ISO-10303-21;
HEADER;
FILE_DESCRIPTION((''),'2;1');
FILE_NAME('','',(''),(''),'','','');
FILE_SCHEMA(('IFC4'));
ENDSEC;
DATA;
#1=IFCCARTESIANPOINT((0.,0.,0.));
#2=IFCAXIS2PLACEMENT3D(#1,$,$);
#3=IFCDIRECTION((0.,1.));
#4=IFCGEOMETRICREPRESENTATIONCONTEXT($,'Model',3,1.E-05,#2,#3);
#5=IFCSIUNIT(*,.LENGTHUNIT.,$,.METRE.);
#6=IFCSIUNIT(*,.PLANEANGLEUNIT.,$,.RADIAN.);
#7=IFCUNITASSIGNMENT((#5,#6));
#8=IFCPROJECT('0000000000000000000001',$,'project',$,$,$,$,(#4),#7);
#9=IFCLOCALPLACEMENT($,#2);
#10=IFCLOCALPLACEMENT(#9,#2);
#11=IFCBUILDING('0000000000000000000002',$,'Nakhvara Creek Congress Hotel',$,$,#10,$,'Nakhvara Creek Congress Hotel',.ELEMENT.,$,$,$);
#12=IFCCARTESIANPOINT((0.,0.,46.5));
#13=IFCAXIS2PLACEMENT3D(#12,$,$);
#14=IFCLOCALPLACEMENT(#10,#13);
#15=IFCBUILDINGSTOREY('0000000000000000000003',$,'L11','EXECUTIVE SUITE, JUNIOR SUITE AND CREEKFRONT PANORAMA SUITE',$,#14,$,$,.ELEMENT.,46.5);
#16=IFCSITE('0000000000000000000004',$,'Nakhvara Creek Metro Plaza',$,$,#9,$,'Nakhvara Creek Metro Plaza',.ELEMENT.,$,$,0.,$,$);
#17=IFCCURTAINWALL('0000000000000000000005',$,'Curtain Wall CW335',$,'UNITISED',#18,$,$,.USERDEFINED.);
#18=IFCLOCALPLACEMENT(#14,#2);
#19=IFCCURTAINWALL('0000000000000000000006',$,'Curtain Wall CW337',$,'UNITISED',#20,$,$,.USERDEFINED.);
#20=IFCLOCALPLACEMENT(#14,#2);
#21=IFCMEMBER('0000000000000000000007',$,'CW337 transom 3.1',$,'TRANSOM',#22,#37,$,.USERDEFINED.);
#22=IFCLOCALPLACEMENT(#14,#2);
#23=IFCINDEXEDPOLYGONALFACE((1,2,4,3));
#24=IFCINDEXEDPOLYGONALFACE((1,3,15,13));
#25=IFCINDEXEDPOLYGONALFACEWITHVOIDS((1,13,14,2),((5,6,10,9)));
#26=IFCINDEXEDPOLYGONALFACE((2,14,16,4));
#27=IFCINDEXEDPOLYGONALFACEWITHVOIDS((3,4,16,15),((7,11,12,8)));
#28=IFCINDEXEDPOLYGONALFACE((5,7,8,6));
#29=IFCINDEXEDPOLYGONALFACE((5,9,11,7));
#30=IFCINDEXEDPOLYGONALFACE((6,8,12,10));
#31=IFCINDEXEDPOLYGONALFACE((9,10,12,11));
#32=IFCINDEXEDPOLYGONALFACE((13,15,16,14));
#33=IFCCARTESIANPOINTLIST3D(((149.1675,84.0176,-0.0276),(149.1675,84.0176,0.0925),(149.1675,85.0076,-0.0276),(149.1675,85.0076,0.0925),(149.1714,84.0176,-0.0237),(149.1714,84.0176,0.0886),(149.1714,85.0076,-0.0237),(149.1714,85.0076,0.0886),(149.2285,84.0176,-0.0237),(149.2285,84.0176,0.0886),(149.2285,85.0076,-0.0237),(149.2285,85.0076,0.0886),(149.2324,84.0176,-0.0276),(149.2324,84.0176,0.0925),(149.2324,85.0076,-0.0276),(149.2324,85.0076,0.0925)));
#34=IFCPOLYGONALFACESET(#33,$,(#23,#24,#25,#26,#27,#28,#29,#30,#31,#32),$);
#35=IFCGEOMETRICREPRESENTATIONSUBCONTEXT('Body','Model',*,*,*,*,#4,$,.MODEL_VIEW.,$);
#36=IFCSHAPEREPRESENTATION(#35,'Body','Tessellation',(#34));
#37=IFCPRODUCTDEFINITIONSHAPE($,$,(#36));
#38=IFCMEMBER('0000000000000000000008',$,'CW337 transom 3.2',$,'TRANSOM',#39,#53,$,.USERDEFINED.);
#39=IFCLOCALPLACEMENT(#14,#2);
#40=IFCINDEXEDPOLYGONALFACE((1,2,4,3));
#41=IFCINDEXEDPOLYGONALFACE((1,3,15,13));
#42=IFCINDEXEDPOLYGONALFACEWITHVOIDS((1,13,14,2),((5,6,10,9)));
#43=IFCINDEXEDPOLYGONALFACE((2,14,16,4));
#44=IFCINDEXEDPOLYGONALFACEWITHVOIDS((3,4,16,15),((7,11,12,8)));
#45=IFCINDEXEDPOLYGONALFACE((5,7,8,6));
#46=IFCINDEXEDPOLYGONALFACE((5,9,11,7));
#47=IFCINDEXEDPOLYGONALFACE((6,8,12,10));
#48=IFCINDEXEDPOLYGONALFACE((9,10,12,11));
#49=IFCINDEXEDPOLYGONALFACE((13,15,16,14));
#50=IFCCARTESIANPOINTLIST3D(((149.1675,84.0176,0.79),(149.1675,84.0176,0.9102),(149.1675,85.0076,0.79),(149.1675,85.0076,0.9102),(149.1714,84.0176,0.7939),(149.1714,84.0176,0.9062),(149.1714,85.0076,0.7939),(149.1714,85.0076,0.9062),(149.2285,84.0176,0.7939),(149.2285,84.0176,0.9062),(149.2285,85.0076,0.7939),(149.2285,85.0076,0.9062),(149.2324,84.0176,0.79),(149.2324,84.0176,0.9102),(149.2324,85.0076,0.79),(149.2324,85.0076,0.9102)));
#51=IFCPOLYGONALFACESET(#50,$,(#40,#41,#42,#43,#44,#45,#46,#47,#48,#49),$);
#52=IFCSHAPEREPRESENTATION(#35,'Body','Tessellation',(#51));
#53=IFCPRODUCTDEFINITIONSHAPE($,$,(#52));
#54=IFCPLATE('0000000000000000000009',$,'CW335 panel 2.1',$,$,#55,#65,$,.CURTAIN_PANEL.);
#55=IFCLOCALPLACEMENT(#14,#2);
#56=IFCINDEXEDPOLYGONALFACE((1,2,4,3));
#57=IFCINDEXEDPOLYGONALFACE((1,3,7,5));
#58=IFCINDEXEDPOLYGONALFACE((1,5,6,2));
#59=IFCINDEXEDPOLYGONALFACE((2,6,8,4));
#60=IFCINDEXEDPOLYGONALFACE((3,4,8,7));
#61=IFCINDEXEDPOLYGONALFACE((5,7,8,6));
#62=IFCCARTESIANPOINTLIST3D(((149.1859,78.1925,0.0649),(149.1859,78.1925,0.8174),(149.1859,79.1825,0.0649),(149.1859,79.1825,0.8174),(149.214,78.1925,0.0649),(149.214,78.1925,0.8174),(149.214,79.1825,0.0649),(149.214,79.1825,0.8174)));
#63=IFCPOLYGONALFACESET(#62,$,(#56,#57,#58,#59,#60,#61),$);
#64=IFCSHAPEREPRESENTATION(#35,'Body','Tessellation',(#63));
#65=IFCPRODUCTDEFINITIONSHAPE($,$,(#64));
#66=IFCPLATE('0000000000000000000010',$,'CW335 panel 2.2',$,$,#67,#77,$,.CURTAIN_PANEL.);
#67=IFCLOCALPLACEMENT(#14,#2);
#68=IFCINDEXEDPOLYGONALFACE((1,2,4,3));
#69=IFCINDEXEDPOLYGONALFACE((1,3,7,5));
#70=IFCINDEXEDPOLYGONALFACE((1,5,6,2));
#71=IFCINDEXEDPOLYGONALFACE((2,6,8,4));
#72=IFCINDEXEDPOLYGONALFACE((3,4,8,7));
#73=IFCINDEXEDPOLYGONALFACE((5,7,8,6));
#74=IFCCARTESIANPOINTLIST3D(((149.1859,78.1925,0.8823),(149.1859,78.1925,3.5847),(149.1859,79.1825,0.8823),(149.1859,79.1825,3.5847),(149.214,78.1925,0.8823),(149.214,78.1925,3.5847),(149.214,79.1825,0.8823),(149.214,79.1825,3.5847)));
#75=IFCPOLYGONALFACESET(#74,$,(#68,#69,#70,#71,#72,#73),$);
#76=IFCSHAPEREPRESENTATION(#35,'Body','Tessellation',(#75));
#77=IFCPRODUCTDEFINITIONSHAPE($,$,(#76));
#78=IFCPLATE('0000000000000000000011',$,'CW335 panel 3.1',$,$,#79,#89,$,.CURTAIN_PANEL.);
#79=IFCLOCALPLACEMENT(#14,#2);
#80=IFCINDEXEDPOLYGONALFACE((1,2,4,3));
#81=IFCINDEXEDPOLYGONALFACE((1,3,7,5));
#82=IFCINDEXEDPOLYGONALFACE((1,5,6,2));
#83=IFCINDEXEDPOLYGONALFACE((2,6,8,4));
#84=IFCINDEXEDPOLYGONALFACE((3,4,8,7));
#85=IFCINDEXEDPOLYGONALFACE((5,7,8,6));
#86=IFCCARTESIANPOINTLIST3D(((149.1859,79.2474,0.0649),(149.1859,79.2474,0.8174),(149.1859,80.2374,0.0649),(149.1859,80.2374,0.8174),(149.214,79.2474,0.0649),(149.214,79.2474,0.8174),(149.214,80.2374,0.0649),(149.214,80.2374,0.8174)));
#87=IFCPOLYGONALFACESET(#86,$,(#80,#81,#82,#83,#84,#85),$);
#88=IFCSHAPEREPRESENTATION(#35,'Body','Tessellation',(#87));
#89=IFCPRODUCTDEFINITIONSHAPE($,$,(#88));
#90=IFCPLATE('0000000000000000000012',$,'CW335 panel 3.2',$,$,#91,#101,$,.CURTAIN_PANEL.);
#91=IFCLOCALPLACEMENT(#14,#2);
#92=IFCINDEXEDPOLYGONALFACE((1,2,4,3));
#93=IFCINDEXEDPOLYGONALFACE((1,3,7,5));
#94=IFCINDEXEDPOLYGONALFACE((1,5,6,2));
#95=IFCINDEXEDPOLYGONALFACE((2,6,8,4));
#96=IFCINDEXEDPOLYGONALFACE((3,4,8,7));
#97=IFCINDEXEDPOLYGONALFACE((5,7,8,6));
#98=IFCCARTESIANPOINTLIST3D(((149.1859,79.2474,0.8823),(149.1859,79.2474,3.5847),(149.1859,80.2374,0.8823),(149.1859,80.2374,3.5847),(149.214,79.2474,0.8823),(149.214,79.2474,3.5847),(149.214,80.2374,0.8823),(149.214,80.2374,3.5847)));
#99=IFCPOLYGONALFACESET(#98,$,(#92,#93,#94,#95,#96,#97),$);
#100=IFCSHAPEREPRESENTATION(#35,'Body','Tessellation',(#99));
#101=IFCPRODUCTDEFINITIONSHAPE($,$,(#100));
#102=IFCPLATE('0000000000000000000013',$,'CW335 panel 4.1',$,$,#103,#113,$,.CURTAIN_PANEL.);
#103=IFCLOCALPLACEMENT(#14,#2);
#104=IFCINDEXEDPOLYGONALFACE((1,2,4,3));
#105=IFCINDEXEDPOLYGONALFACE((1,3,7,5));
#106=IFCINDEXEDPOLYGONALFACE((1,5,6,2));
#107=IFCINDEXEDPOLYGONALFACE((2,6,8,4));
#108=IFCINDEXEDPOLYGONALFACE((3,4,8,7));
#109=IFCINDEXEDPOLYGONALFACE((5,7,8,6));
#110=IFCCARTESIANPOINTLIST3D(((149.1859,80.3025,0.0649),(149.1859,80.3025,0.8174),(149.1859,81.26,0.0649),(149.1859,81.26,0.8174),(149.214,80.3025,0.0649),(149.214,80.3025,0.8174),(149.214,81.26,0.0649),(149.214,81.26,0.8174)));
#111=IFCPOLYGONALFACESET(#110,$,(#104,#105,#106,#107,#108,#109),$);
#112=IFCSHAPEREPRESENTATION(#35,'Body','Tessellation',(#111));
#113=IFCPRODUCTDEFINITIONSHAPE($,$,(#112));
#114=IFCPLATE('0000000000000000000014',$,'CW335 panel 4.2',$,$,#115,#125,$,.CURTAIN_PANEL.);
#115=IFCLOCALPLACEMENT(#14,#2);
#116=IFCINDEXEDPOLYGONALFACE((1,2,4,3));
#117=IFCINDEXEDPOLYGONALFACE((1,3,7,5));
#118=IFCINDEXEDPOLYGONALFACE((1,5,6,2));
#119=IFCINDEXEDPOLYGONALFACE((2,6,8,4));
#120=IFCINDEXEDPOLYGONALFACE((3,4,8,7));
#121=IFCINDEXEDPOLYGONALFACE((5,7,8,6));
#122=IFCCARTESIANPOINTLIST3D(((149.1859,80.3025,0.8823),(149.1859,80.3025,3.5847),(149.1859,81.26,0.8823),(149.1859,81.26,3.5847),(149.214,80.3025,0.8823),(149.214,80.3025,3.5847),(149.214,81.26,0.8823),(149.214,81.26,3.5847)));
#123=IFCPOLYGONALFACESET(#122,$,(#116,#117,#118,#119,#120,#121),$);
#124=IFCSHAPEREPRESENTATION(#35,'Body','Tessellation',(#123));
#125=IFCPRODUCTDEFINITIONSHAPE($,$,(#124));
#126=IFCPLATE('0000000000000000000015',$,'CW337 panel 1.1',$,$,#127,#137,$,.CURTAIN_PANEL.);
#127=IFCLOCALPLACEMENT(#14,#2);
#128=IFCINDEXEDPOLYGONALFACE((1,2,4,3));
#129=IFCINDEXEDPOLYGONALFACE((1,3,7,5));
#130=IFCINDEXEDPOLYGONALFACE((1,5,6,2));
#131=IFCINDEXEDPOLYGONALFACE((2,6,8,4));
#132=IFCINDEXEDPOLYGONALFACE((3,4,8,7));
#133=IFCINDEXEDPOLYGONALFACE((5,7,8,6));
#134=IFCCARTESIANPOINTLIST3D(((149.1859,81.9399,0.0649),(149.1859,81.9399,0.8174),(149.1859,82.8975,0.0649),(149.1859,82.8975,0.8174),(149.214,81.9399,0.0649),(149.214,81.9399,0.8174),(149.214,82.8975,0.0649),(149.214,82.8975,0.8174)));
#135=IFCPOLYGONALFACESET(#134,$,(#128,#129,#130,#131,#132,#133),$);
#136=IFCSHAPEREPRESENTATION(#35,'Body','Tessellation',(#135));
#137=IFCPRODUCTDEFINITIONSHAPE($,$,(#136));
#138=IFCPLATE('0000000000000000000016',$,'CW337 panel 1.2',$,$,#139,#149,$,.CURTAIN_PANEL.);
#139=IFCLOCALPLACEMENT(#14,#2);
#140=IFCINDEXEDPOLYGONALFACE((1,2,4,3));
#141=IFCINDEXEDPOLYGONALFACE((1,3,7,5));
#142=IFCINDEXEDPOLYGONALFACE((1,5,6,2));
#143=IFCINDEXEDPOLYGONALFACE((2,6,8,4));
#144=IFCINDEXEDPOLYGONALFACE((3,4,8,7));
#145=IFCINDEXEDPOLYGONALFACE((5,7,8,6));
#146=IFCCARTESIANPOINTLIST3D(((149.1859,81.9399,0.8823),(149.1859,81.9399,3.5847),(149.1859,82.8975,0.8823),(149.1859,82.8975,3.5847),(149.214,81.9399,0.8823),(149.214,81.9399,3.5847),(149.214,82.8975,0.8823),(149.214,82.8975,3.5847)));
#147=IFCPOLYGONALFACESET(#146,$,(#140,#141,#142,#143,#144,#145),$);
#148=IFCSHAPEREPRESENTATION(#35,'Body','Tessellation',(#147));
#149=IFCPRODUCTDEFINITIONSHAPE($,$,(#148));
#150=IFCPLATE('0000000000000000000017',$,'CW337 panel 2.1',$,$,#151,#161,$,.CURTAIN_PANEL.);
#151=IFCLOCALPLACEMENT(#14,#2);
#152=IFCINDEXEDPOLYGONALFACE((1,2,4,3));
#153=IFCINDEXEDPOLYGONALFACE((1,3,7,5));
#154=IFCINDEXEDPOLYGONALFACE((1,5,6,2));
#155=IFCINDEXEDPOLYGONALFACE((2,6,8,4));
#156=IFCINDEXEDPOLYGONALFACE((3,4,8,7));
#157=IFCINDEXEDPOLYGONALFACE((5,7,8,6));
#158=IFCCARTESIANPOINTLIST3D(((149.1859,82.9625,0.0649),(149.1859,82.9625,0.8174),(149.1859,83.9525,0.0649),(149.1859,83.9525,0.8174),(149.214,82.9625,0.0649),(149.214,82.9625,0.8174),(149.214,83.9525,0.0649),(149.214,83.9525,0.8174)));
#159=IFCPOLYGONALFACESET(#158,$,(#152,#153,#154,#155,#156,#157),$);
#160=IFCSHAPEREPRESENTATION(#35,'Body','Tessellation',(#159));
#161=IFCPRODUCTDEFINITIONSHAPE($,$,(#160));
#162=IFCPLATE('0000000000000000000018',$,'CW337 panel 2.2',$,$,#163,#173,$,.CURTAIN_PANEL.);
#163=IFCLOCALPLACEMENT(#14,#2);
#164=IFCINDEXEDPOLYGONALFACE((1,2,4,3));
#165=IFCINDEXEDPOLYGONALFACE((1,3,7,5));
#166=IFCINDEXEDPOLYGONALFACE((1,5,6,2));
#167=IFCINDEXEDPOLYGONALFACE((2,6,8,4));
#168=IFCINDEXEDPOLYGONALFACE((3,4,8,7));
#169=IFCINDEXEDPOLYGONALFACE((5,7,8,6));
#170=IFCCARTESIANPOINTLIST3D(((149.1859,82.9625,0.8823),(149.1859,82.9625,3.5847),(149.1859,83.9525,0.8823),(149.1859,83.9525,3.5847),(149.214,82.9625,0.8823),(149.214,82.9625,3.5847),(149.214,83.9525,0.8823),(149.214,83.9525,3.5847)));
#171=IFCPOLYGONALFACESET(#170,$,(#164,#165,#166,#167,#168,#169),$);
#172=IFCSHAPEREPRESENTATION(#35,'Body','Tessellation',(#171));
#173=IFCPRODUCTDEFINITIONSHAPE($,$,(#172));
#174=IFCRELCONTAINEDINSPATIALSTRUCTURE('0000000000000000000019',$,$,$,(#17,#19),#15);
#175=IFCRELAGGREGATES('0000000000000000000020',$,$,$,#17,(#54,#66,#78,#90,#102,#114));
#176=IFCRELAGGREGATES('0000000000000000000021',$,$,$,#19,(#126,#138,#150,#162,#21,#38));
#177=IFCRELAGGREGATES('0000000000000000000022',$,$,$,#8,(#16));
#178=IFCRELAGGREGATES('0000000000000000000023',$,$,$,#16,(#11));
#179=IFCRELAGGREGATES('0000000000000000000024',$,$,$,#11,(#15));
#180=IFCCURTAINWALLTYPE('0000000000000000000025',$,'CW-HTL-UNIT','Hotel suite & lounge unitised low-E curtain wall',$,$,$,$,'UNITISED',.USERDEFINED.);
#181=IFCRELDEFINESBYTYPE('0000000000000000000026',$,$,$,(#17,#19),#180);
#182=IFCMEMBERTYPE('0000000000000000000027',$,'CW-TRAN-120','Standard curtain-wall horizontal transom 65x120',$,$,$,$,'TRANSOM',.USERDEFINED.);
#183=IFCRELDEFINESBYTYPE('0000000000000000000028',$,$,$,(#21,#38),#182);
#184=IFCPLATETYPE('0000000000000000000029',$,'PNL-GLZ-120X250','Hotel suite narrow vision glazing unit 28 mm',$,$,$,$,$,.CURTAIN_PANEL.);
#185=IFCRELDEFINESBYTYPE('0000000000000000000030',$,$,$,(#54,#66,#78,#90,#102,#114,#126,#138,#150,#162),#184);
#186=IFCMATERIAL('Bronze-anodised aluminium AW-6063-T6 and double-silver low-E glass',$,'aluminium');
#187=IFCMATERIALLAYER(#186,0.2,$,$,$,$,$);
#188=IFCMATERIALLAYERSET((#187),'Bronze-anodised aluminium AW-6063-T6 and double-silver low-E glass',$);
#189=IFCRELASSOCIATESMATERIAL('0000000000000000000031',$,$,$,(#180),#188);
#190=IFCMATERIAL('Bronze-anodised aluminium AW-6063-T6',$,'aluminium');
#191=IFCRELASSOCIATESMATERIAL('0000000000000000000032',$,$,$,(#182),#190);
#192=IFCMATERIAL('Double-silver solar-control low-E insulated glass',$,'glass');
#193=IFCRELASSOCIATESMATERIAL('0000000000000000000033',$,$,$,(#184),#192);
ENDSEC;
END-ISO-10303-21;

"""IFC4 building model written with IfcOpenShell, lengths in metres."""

from ifc_helpers import new_model, si_unit, direction, frame, origin, origin_2d, place, context, subcontext, project, spatial, rectangle, hollow_rectangle, extrude, material, layer, layer_set, material_profile, profile_set, type_object, element, aggregate, save


model = new_model("IFC4")

# Units and contexts
model_context = context("Model", 3, precision=1e-05, world=origin(), true_north=direction((0.0, 1.0)))
body_context = subcontext(model_context, "Body", "Model", "MODEL_VIEW")
ifc_project = project(units=[si_unit("LENGTHUNIT", "METRE"), si_unit("PLANEANGLEUNIT", "RADIAN")], contexts=[model_context])

# Site, building, storey
site_placement = place(None, origin())
site = spatial("IfcSite", under=ifc_project, at=site_placement, Name="Nakhvara Creek Metro Plaza", LongName="Nakhvara Creek Metro Plaza", CompositionType="ELEMENT", RefElevation=0.0)
building_placement = place(site_placement, origin())
building = spatial("IfcBuilding", under=site, at=building_placement, Name="Nakhvara Creek Congress Hotel", LongName="Nakhvara Creek Congress Hotel", CompositionType="ELEMENT")
storey_placement = place(building_placement, frame((0.0, 0.0, 46.5)))
storey = spatial("IfcBuildingStorey", under=building, at=storey_placement, Name="L11", Description="EXECUTIVE SUITE, JUNIOR SUITE AND CREEKFRONT PANORAMA SUITE", CompositionType="ELEMENT", Elevation=46.5)

# Curtain walls
ifc_material_1 = material(Name="Bronze-anodised aluminium AW-6063-T6 and double-silver low-E glass", Category="aluminium")
ifc_layer = layer(ifc_material_1, 0.2)
ifc_layer_set = layer_set([ifc_layer], Name="Bronze-anodised aluminium AW-6063-T6 and double-silver low-E glass")
curtain_wall_type = type_object("IfcCurtainWallType", Name="CW-HTL-UNIT", Description="Hotel suite & lounge unitised low-E curtain wall", ElementType="UNITISED", PredefinedType="USERDEFINED", material=ifc_layer_set)
curtain_wall_1_placement = place(storey_placement, origin())
curtain_wall_1 = element("IfcCurtainWall", 1, at=curtain_wall_1_placement, inside=storey, type_object=curtain_wall_type, Name="Curtain Wall CW335", ObjectType="UNITISED", PredefinedType="USERDEFINED")
ifc_material_2 = material(Name="Bronze-anodised aluminium AW-6063-T6", Category="aluminium")
curtain_wall_2_placement = place(storey_placement, origin())
curtain_wall_2 = element("IfcCurtainWall", 2, at=curtain_wall_2_placement, inside=storey, type_object=curtain_wall_type, Name="Curtain Wall CW337", ObjectType="UNITISED", PredefinedType="USERDEFINED")

# Members
ifc_material_profile_1 = material_profile(ifc_material_2, hollow_rectangle(XDim=0.0649, YDim=0.1201, WallThickness=0.0039, at=origin_2d()), Name="ALU-TRAN 65x120x4", Category="LoadBearing")
ifc_profile_set_1 = profile_set([ifc_material_profile_1], Name="Bronze-anodised aluminium AW-6063-T6")
member_type_1 = type_object("IfcMemberType", Name="CW-TRAN-120", Description="Standard curtain-wall horizontal transom 65x120", ElementType="TRANSOM", PredefinedType="USERDEFINED", material=ifc_profile_set_1)
member_1_placement = place(storey_placement, frame((149.2, 84.0176, 0.0325), z_axis=(0.0, 1.0, 0.0), x_axis=(-1.0, 0.0, 0.0)))
member_1 = element("IfcMember", 3, at=member_1_placement, type_object=member_type_1, Name="CW337 transom 3.1", ObjectType="TRANSOM", PredefinedType="USERDEFINED", context=body_context, shape_type="SweptSolid", body=[
    extrude(hollow_rectangle(XDim=0.0649, YDim=0.1201, WallThickness=0.0039, at=origin_2d()), origin(), (0.0, 0.0, 1.0), 0.99),
])
member_2_placement = place(storey_placement, frame((149.2, 84.0176, 0.8501), z_axis=(0.0, 1.0, 0.0), x_axis=(-1.0, 0.0, 0.0)))
member_2 = element("IfcMember", 4, at=member_2_placement, type_object=member_type_1, Name="CW337 transom 3.2", ObjectType="TRANSOM", PredefinedType="USERDEFINED", context=body_context, shape_type="SweptSolid", body=[
    extrude(hollow_rectangle(XDim=0.0649, YDim=0.1201, WallThickness=0.0039, at=origin_2d()), origin(), (0.0, 0.0, 1.0), 0.99),
])

# Plates
ifc_material_3 = material(Name="Double-silver solar-control low-E insulated glass", Category="glass")
plate_type = type_object("IfcPlateType", Name="PNL-GLZ-120X250", Description="Hotel suite narrow vision glazing unit 28 mm", PredefinedType="CURTAIN_PANEL", material=ifc_material_3)
plate_1_placement = place(storey_placement, frame((149.2, 78.6875, 0.0649), z_axis=(0.0, 0.0, 1.0), x_axis=(0.0, 1.0, 0.0)))
plate_1 = element("IfcPlate", 5, at=plate_1_placement, type_object=plate_type, Name="CW335 panel 2.1", PredefinedType="CURTAIN_PANEL", context=body_context, shape_type="SweptSolid", body=[
    extrude(rectangle(XDim=0.99, YDim=0.0281, at=origin_2d()), origin(), (0.0, 0.0, 1.0), 0.7524),
])
plate_2_placement = place(storey_placement, frame((149.2, 78.6875, 0.8823), z_axis=(0.0, 0.0, 1.0), x_axis=(0.0, 1.0, 0.0)))
plate_2 = element("IfcPlate", 6, at=plate_2_placement, type_object=plate_type, Name="CW335 panel 2.2", PredefinedType="CURTAIN_PANEL", context=body_context, shape_type="SweptSolid", body=[
    extrude(rectangle(XDim=0.99, YDim=0.0281, at=origin_2d()), origin(), (0.0, 0.0, 1.0), 2.7024),
])
plate_3_placement = place(storey_placement, frame((149.2, 79.7424, 0.0649), z_axis=(0.0, 0.0, 1.0), x_axis=(0.0, 1.0, 0.0)))
plate_3 = element("IfcPlate", 7, at=plate_3_placement, type_object=plate_type, Name="CW335 panel 3.1", PredefinedType="CURTAIN_PANEL", context=body_context, shape_type="SweptSolid", body=[
    extrude(rectangle(XDim=0.99, YDim=0.0281, at=origin_2d()), origin(), (0.0, 0.0, 1.0), 0.7524),
])
plate_4_placement = place(storey_placement, frame((149.2, 79.7424, 0.8823), z_axis=(0.0, 0.0, 1.0), x_axis=(0.0, 1.0, 0.0)))
plate_4 = element("IfcPlate", 8, at=plate_4_placement, type_object=plate_type, Name="CW335 panel 3.2", PredefinedType="CURTAIN_PANEL", context=body_context, shape_type="SweptSolid", body=[
    extrude(rectangle(XDim=0.99, YDim=0.0281, at=origin_2d()), origin(), (0.0, 0.0, 1.0), 2.7024),
])
plate_5_placement = place(storey_placement, frame((149.2, 80.7812, 0.0649), z_axis=(0.0, 0.0, 1.0), x_axis=(0.0, 1.0, 0.0)))
plate_5 = element("IfcPlate", 9, at=plate_5_placement, type_object=plate_type, Name="CW335 panel 4.1", PredefinedType="CURTAIN_PANEL", context=body_context, shape_type="SweptSolid", body=[
    extrude(rectangle(XDim=0.9575, YDim=0.0281, at=origin_2d()), origin(), (0.0, 0.0, 1.0), 0.7524),
])
plate_6_placement = place(storey_placement, frame((149.2, 80.7812, 0.8823), z_axis=(0.0, 0.0, 1.0), x_axis=(0.0, 1.0, 0.0)))
plate_6 = element("IfcPlate", 10, at=plate_6_placement, type_object=plate_type, Name="CW335 panel 4.2", PredefinedType="CURTAIN_PANEL", context=body_context, shape_type="SweptSolid", body=[
    extrude(rectangle(XDim=0.9575, YDim=0.0281, at=origin_2d()), origin(), (0.0, 0.0, 1.0), 2.7024),
])
aggregate(curtain_wall_1, [plate_1, plate_2, plate_3, plate_4, plate_5, plate_6])
plate_7_placement = place(storey_placement, frame((149.2, 82.4187, 0.0649), z_axis=(0.0, 0.0, 1.0), x_axis=(0.0, 1.0, 0.0)))
plate_7 = element("IfcPlate", 11, at=plate_7_placement, type_object=plate_type, Name="CW337 panel 1.1", PredefinedType="CURTAIN_PANEL", context=body_context, shape_type="SweptSolid", body=[
    extrude(rectangle(XDim=0.9575, YDim=0.0281, at=origin_2d()), origin(), (0.0, 0.0, 1.0), 0.7524),
])
plate_8_placement = place(storey_placement, frame((149.2, 82.4187, 0.8823), z_axis=(0.0, 0.0, 1.0), x_axis=(0.0, 1.0, 0.0)))
plate_8 = element("IfcPlate", 12, at=plate_8_placement, type_object=plate_type, Name="CW337 panel 1.2", PredefinedType="CURTAIN_PANEL", context=body_context, shape_type="SweptSolid", body=[
    extrude(rectangle(XDim=0.9575, YDim=0.0281, at=origin_2d()), origin(), (0.0, 0.0, 1.0), 2.7024),
])
plate_9_placement = place(storey_placement, frame((149.2, 83.4575, 0.0649), z_axis=(0.0, 0.0, 1.0), x_axis=(0.0, 1.0, 0.0)))
plate_9 = element("IfcPlate", 13, at=plate_9_placement, type_object=plate_type, Name="CW337 panel 2.1", PredefinedType="CURTAIN_PANEL", context=body_context, shape_type="SweptSolid", body=[
    extrude(rectangle(XDim=0.99, YDim=0.0281, at=origin_2d()), origin(), (0.0, 0.0, 1.0), 0.7524),
])
plate_10_placement = place(storey_placement, frame((149.2, 83.4575, 0.8823), z_axis=(0.0, 0.0, 1.0), x_axis=(0.0, 1.0, 0.0)))
plate_10 = element("IfcPlate", 14, at=plate_10_placement, type_object=plate_type, Name="CW337 panel 2.2", PredefinedType="CURTAIN_PANEL", context=body_context, shape_type="SweptSolid", body=[
    extrude(rectangle(XDim=0.99, YDim=0.0281, at=origin_2d()), origin(), (0.0, 0.0, 1.0), 2.7024),
])
aggregate(curtain_wall_2, [plate_7, plate_8, plate_9, plate_10, member_1, member_2])

save(model, "model.ifc")
